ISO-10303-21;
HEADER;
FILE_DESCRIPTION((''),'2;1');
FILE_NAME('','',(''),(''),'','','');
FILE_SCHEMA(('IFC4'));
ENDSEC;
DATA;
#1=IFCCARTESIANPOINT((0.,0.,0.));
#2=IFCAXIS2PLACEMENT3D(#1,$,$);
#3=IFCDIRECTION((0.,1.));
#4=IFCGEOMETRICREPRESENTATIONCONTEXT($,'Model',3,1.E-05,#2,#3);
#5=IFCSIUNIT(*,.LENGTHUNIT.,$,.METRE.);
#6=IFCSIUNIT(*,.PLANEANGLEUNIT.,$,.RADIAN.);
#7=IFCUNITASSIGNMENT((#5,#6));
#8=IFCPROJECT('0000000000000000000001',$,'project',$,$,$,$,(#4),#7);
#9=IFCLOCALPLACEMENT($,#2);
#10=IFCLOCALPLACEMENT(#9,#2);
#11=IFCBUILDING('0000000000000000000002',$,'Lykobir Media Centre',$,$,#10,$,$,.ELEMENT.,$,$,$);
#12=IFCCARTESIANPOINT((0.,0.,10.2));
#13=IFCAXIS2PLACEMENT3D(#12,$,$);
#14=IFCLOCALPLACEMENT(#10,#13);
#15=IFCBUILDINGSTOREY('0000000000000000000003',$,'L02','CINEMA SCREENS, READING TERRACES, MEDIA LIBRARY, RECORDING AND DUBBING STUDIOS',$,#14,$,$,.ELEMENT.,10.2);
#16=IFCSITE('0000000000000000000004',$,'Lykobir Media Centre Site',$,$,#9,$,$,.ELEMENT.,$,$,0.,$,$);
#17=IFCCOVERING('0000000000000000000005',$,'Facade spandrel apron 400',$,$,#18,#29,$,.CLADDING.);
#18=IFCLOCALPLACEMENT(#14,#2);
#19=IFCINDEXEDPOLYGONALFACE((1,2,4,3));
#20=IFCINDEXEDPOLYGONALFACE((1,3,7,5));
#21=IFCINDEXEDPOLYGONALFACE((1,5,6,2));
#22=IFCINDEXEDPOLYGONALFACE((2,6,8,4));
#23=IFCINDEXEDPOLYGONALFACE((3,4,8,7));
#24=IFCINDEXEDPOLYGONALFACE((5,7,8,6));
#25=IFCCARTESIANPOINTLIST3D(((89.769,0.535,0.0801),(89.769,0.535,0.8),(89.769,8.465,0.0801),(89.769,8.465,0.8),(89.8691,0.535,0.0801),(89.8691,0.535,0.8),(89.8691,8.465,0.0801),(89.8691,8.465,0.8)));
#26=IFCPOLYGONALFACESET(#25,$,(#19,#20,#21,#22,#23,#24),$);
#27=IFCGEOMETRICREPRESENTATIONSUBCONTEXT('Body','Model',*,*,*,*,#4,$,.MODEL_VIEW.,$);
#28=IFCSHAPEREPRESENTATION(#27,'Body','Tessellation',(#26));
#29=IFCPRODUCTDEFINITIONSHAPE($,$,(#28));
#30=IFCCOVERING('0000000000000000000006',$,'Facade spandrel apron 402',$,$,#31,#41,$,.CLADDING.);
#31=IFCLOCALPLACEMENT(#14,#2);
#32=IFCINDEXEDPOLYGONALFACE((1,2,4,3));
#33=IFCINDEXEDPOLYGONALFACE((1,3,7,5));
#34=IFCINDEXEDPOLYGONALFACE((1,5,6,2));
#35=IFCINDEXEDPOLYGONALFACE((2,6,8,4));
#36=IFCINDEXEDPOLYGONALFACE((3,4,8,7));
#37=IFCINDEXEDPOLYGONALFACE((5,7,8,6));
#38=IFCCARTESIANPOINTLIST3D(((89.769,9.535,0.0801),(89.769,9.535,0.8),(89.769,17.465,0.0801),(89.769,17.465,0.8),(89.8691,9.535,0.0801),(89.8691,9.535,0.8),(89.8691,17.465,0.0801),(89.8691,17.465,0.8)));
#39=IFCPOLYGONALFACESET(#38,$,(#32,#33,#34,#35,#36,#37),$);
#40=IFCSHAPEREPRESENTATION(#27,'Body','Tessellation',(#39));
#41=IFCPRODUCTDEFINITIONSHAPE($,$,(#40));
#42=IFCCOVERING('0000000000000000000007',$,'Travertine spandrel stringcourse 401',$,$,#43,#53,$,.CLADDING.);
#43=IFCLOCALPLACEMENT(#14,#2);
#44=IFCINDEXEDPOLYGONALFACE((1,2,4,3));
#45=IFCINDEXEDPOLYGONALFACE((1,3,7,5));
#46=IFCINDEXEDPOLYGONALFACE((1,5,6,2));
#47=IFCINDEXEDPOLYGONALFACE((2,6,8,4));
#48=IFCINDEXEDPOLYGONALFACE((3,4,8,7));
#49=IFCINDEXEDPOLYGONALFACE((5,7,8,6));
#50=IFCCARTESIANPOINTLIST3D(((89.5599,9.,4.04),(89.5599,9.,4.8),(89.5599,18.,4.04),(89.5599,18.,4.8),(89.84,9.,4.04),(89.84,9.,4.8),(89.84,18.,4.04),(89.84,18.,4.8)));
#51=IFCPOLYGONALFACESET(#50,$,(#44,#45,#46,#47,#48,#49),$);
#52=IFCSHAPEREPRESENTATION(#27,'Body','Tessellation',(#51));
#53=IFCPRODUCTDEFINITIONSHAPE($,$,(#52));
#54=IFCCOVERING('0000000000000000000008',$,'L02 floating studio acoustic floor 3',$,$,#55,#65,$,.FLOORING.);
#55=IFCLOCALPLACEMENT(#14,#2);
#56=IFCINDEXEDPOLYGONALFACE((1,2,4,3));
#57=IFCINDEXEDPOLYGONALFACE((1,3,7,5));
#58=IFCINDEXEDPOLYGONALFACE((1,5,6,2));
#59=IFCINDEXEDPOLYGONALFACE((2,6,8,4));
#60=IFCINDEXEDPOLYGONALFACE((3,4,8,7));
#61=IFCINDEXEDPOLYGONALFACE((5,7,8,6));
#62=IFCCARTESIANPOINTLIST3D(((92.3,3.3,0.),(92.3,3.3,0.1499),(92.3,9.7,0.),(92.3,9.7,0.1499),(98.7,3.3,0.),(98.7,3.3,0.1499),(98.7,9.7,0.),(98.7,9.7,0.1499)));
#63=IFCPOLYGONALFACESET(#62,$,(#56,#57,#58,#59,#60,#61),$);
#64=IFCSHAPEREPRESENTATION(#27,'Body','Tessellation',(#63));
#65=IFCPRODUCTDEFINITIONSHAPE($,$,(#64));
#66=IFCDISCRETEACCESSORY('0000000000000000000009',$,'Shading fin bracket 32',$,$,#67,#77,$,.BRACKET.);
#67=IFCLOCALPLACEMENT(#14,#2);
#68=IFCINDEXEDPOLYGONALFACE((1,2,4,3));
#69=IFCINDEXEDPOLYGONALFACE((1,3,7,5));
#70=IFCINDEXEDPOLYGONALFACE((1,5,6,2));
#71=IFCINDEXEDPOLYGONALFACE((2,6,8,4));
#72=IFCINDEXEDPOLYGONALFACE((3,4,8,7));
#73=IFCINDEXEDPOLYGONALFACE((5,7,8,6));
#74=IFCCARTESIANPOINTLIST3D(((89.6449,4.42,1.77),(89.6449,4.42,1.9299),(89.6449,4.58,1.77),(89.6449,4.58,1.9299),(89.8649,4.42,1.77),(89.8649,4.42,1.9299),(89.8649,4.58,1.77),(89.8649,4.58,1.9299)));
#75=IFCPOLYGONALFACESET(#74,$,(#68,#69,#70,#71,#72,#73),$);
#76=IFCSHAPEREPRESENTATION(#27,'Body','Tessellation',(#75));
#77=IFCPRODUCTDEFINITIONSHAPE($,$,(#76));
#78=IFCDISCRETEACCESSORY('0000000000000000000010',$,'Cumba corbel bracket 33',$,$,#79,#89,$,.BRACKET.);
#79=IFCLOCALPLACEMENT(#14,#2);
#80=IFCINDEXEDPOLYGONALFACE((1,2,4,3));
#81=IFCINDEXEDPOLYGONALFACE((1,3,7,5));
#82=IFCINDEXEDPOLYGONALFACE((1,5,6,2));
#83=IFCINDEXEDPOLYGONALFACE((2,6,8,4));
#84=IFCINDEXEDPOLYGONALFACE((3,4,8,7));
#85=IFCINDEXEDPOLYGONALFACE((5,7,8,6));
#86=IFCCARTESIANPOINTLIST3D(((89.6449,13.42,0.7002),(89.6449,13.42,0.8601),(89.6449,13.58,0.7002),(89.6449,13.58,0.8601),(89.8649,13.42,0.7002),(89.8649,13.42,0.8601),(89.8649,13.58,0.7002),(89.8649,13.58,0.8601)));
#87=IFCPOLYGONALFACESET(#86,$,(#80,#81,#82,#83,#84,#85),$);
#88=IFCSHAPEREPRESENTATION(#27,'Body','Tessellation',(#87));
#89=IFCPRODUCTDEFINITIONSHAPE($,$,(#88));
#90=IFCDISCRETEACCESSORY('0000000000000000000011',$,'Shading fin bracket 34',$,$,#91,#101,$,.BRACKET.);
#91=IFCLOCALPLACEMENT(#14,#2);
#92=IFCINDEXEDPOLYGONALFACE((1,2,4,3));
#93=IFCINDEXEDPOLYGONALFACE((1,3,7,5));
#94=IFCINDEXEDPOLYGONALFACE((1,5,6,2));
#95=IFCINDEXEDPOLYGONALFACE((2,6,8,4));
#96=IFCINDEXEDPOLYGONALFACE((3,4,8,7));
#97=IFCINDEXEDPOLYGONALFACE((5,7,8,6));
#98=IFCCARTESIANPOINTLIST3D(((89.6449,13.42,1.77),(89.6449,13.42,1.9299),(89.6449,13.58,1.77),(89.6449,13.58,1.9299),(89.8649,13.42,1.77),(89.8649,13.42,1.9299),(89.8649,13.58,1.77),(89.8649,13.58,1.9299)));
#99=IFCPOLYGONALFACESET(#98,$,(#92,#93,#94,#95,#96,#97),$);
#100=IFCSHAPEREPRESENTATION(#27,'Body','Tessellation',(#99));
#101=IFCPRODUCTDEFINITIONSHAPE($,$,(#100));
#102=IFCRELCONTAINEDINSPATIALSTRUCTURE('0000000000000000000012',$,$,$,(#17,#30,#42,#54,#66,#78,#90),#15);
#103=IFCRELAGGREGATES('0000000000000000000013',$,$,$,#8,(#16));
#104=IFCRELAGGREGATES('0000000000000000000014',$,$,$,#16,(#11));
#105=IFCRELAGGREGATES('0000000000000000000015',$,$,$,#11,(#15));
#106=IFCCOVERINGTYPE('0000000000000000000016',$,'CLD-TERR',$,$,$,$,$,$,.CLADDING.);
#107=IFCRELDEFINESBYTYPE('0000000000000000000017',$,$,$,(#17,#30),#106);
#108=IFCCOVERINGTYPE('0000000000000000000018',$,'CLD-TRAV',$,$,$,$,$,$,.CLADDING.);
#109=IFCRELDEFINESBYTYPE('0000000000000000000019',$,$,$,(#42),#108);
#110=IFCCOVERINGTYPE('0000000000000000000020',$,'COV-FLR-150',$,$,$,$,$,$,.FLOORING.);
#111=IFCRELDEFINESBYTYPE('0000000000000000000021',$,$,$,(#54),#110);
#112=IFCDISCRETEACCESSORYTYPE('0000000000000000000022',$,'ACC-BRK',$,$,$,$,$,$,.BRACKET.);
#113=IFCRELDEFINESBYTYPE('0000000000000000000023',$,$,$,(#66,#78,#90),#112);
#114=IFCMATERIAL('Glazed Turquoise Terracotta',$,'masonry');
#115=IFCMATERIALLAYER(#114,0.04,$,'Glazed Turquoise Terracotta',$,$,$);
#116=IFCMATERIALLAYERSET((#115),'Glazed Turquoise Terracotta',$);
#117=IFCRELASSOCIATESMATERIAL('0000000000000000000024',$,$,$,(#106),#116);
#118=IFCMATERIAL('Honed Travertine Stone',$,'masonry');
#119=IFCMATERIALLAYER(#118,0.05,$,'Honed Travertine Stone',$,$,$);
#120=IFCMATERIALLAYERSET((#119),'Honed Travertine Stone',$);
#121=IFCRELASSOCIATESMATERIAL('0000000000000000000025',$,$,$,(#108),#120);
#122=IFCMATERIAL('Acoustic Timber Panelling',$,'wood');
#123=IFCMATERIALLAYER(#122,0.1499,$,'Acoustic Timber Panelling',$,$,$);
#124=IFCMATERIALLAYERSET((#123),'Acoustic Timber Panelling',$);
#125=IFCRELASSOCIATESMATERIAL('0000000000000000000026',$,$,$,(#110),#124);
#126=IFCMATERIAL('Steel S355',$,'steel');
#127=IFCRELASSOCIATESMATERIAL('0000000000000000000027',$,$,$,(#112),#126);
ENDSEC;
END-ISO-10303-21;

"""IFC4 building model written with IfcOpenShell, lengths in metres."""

from ifc_helpers import new_model, si_unit, direction, frame, origin, origin_2d, place, context, subcontext, project, spatial, rectangle, extrude, material, layer, layer_set, type_object, element, save


model = new_model("IFC4")

# Units and contexts
model_context = context("Model", 3, precision=1e-05, world=origin(), true_north=direction((0.0, 1.0)))
body_context = subcontext(model_context, "Body", "Model", "MODEL_VIEW")
ifc_project = project(units=[si_unit("LENGTHUNIT", "METRE"), si_unit("PLANEANGLEUNIT", "RADIAN")], contexts=[model_context])

# Site, building, storey
site_placement = place(None, origin())
site = spatial("IfcSite", under=ifc_project, at=site_placement, Name="Lykobir Media Centre Site", CompositionType="ELEMENT", RefElevation=0.0)
building_placement = place(site_placement, origin())
building = spatial("IfcBuilding", under=site, at=building_placement, Name="Lykobir Media Centre", CompositionType="ELEMENT")
storey_placement = place(building_placement, frame((0.0, 0.0, 10.2)))
storey = spatial("IfcBuildingStorey", under=building, at=storey_placement, Name="L02", Description="CINEMA SCREENS, READING TERRACES, MEDIA LIBRARY, RECORDING AND DUBBING STUDIOS", CompositionType="ELEMENT", Elevation=10.2)

# Shared definitions
ifc_material_1 = material(Name="Steel S355", Category="steel")

# Shared definitions
ifc_material_2 = material(Name="Acoustic Timber Panelling", Category="wood")

# Coverings
ifc_material_3 = material(Name="Glazed Turquoise Terracotta", Category="masonry")
ifc_layer_1 = layer(ifc_material_3, 0.04, Name="Glazed Turquoise Terracotta")
ifc_layer_set_1 = layer_set([ifc_layer_1], Name="Glazed Turquoise Terracotta")
covering_type_1 = type_object("IfcCoveringType", Name="CLD-TERR", PredefinedType="CLADDING", material=ifc_layer_set_1)
for number, where, z_axis, x_axis, name in (
    (1, (89.8191, 4.5, 0.0801), (0.0, 0.0, 1.0), (0.0, -1.0, 0.0), "Facade spandrel apron 400"),
    (2, (89.8191, 13.5, 0.0801), (0.0, 0.0, 1.0), (0.0, -1.0, 0.0), "Facade spandrel apron 402"),
):
    element("IfcCovering", number, at=place(storey_placement, frame(where, z_axis=z_axis, x_axis=x_axis)), inside=storey, type_object=covering_type_1, Name=name, PredefinedType="CLADDING", context=body_context, shape_type="SweptSolid", body=[
        extrude(rectangle(XDim=7.9299, YDim=0.1001, at=origin_2d()), origin(), (0.0, 0.0, 1.0), 0.72),
    ])
ifc_material_4 = material(Name="Honed Travertine Stone", Category="masonry")
ifc_layer_2 = layer(ifc_material_4, 0.05, Name="Honed Travertine Stone")
ifc_layer_set_2 = layer_set([ifc_layer_2], Name="Honed Travertine Stone")
covering_type_2 = type_object("IfcCoveringType", Name="CLD-TRAV", PredefinedType="CLADDING", material=ifc_layer_set_2)
covering_1_placement = place(storey_placement, frame((89.7, 13.5, 4.04), z_axis=(0.0, 0.0, 1.0), x_axis=(0.0, -1.0, 0.0)))
element("IfcCovering", 3, at=covering_1_placement, inside=storey, type_object=covering_type_2, Name="Travertine spandrel stringcourse 401", PredefinedType="CLADDING", context=body_context, shape_type="SweptSolid", body=[
    extrude(rectangle(XDim=9.0, YDim=0.28, at=origin_2d()), origin(), (0.0, 0.0, 1.0), 0.76),
])
ifc_layer_3 = layer(ifc_material_2, 0.1499, Name="Acoustic Timber Panelling")
ifc_layer_set_3 = layer_set([ifc_layer_3], Name="Acoustic Timber Panelling")
covering_type_3 = type_object("IfcCoveringType", Name="COV-FLR-150", PredefinedType="FLOORING", material=ifc_layer_set_3)
covering_2_placement = place(storey_placement, frame((95.5, 6.5, 0.0), z_axis=(0.0, 0.0, 1.0), x_axis=(1.0, 0.0, 0.0)))
element("IfcCovering", 4, at=covering_2_placement, inside=storey, type_object=covering_type_3, Name="L02 floating studio acoustic floor 3", PredefinedType="FLOORING", context=body_context, shape_type="SweptSolid", body=[
    extrude(rectangle(XDim=6.3999, YDim=6.3999, at=origin_2d()), origin(), (0.0, 0.0, 1.0), 0.1499),
])

# Discrete accessories
discrete_accessory_type = type_object("IfcDiscreteAccessoryType", Name="ACC-BRK", PredefinedType="BRACKET", material=ifc_material_1)
for number, where, z_axis, x_axis, name in (
    (5, (89.7549, 4.5, 1.77), (0.0, 0.0, 1.0), (0.0, -1.0, 0.0), "Shading fin bracket 32"),
    (6, (89.7549, 13.5, 0.7002), (0.0, 0.0, 1.0), (0.0, -1.0, 0.0), "Cumba corbel bracket 33"),
    (7, (89.7549, 13.5, 1.77), (0.0, 0.0, 1.0), (0.0, -1.0, 0.0), "Shading fin bracket 34"),
):
    element("IfcDiscreteAccessory", number, at=place(storey_placement, frame(where, z_axis=z_axis, x_axis=x_axis)), inside=storey, type_object=discrete_accessory_type, Name=name, PredefinedType="BRACKET", context=body_context, shape_type="SweptSolid", body=[
        extrude(rectangle(XDim=0.1599, YDim=0.22, at=origin_2d()), origin(), (0.0, 0.0, 1.0), 0.1599),
    ])

save(model, "model.ifc")
